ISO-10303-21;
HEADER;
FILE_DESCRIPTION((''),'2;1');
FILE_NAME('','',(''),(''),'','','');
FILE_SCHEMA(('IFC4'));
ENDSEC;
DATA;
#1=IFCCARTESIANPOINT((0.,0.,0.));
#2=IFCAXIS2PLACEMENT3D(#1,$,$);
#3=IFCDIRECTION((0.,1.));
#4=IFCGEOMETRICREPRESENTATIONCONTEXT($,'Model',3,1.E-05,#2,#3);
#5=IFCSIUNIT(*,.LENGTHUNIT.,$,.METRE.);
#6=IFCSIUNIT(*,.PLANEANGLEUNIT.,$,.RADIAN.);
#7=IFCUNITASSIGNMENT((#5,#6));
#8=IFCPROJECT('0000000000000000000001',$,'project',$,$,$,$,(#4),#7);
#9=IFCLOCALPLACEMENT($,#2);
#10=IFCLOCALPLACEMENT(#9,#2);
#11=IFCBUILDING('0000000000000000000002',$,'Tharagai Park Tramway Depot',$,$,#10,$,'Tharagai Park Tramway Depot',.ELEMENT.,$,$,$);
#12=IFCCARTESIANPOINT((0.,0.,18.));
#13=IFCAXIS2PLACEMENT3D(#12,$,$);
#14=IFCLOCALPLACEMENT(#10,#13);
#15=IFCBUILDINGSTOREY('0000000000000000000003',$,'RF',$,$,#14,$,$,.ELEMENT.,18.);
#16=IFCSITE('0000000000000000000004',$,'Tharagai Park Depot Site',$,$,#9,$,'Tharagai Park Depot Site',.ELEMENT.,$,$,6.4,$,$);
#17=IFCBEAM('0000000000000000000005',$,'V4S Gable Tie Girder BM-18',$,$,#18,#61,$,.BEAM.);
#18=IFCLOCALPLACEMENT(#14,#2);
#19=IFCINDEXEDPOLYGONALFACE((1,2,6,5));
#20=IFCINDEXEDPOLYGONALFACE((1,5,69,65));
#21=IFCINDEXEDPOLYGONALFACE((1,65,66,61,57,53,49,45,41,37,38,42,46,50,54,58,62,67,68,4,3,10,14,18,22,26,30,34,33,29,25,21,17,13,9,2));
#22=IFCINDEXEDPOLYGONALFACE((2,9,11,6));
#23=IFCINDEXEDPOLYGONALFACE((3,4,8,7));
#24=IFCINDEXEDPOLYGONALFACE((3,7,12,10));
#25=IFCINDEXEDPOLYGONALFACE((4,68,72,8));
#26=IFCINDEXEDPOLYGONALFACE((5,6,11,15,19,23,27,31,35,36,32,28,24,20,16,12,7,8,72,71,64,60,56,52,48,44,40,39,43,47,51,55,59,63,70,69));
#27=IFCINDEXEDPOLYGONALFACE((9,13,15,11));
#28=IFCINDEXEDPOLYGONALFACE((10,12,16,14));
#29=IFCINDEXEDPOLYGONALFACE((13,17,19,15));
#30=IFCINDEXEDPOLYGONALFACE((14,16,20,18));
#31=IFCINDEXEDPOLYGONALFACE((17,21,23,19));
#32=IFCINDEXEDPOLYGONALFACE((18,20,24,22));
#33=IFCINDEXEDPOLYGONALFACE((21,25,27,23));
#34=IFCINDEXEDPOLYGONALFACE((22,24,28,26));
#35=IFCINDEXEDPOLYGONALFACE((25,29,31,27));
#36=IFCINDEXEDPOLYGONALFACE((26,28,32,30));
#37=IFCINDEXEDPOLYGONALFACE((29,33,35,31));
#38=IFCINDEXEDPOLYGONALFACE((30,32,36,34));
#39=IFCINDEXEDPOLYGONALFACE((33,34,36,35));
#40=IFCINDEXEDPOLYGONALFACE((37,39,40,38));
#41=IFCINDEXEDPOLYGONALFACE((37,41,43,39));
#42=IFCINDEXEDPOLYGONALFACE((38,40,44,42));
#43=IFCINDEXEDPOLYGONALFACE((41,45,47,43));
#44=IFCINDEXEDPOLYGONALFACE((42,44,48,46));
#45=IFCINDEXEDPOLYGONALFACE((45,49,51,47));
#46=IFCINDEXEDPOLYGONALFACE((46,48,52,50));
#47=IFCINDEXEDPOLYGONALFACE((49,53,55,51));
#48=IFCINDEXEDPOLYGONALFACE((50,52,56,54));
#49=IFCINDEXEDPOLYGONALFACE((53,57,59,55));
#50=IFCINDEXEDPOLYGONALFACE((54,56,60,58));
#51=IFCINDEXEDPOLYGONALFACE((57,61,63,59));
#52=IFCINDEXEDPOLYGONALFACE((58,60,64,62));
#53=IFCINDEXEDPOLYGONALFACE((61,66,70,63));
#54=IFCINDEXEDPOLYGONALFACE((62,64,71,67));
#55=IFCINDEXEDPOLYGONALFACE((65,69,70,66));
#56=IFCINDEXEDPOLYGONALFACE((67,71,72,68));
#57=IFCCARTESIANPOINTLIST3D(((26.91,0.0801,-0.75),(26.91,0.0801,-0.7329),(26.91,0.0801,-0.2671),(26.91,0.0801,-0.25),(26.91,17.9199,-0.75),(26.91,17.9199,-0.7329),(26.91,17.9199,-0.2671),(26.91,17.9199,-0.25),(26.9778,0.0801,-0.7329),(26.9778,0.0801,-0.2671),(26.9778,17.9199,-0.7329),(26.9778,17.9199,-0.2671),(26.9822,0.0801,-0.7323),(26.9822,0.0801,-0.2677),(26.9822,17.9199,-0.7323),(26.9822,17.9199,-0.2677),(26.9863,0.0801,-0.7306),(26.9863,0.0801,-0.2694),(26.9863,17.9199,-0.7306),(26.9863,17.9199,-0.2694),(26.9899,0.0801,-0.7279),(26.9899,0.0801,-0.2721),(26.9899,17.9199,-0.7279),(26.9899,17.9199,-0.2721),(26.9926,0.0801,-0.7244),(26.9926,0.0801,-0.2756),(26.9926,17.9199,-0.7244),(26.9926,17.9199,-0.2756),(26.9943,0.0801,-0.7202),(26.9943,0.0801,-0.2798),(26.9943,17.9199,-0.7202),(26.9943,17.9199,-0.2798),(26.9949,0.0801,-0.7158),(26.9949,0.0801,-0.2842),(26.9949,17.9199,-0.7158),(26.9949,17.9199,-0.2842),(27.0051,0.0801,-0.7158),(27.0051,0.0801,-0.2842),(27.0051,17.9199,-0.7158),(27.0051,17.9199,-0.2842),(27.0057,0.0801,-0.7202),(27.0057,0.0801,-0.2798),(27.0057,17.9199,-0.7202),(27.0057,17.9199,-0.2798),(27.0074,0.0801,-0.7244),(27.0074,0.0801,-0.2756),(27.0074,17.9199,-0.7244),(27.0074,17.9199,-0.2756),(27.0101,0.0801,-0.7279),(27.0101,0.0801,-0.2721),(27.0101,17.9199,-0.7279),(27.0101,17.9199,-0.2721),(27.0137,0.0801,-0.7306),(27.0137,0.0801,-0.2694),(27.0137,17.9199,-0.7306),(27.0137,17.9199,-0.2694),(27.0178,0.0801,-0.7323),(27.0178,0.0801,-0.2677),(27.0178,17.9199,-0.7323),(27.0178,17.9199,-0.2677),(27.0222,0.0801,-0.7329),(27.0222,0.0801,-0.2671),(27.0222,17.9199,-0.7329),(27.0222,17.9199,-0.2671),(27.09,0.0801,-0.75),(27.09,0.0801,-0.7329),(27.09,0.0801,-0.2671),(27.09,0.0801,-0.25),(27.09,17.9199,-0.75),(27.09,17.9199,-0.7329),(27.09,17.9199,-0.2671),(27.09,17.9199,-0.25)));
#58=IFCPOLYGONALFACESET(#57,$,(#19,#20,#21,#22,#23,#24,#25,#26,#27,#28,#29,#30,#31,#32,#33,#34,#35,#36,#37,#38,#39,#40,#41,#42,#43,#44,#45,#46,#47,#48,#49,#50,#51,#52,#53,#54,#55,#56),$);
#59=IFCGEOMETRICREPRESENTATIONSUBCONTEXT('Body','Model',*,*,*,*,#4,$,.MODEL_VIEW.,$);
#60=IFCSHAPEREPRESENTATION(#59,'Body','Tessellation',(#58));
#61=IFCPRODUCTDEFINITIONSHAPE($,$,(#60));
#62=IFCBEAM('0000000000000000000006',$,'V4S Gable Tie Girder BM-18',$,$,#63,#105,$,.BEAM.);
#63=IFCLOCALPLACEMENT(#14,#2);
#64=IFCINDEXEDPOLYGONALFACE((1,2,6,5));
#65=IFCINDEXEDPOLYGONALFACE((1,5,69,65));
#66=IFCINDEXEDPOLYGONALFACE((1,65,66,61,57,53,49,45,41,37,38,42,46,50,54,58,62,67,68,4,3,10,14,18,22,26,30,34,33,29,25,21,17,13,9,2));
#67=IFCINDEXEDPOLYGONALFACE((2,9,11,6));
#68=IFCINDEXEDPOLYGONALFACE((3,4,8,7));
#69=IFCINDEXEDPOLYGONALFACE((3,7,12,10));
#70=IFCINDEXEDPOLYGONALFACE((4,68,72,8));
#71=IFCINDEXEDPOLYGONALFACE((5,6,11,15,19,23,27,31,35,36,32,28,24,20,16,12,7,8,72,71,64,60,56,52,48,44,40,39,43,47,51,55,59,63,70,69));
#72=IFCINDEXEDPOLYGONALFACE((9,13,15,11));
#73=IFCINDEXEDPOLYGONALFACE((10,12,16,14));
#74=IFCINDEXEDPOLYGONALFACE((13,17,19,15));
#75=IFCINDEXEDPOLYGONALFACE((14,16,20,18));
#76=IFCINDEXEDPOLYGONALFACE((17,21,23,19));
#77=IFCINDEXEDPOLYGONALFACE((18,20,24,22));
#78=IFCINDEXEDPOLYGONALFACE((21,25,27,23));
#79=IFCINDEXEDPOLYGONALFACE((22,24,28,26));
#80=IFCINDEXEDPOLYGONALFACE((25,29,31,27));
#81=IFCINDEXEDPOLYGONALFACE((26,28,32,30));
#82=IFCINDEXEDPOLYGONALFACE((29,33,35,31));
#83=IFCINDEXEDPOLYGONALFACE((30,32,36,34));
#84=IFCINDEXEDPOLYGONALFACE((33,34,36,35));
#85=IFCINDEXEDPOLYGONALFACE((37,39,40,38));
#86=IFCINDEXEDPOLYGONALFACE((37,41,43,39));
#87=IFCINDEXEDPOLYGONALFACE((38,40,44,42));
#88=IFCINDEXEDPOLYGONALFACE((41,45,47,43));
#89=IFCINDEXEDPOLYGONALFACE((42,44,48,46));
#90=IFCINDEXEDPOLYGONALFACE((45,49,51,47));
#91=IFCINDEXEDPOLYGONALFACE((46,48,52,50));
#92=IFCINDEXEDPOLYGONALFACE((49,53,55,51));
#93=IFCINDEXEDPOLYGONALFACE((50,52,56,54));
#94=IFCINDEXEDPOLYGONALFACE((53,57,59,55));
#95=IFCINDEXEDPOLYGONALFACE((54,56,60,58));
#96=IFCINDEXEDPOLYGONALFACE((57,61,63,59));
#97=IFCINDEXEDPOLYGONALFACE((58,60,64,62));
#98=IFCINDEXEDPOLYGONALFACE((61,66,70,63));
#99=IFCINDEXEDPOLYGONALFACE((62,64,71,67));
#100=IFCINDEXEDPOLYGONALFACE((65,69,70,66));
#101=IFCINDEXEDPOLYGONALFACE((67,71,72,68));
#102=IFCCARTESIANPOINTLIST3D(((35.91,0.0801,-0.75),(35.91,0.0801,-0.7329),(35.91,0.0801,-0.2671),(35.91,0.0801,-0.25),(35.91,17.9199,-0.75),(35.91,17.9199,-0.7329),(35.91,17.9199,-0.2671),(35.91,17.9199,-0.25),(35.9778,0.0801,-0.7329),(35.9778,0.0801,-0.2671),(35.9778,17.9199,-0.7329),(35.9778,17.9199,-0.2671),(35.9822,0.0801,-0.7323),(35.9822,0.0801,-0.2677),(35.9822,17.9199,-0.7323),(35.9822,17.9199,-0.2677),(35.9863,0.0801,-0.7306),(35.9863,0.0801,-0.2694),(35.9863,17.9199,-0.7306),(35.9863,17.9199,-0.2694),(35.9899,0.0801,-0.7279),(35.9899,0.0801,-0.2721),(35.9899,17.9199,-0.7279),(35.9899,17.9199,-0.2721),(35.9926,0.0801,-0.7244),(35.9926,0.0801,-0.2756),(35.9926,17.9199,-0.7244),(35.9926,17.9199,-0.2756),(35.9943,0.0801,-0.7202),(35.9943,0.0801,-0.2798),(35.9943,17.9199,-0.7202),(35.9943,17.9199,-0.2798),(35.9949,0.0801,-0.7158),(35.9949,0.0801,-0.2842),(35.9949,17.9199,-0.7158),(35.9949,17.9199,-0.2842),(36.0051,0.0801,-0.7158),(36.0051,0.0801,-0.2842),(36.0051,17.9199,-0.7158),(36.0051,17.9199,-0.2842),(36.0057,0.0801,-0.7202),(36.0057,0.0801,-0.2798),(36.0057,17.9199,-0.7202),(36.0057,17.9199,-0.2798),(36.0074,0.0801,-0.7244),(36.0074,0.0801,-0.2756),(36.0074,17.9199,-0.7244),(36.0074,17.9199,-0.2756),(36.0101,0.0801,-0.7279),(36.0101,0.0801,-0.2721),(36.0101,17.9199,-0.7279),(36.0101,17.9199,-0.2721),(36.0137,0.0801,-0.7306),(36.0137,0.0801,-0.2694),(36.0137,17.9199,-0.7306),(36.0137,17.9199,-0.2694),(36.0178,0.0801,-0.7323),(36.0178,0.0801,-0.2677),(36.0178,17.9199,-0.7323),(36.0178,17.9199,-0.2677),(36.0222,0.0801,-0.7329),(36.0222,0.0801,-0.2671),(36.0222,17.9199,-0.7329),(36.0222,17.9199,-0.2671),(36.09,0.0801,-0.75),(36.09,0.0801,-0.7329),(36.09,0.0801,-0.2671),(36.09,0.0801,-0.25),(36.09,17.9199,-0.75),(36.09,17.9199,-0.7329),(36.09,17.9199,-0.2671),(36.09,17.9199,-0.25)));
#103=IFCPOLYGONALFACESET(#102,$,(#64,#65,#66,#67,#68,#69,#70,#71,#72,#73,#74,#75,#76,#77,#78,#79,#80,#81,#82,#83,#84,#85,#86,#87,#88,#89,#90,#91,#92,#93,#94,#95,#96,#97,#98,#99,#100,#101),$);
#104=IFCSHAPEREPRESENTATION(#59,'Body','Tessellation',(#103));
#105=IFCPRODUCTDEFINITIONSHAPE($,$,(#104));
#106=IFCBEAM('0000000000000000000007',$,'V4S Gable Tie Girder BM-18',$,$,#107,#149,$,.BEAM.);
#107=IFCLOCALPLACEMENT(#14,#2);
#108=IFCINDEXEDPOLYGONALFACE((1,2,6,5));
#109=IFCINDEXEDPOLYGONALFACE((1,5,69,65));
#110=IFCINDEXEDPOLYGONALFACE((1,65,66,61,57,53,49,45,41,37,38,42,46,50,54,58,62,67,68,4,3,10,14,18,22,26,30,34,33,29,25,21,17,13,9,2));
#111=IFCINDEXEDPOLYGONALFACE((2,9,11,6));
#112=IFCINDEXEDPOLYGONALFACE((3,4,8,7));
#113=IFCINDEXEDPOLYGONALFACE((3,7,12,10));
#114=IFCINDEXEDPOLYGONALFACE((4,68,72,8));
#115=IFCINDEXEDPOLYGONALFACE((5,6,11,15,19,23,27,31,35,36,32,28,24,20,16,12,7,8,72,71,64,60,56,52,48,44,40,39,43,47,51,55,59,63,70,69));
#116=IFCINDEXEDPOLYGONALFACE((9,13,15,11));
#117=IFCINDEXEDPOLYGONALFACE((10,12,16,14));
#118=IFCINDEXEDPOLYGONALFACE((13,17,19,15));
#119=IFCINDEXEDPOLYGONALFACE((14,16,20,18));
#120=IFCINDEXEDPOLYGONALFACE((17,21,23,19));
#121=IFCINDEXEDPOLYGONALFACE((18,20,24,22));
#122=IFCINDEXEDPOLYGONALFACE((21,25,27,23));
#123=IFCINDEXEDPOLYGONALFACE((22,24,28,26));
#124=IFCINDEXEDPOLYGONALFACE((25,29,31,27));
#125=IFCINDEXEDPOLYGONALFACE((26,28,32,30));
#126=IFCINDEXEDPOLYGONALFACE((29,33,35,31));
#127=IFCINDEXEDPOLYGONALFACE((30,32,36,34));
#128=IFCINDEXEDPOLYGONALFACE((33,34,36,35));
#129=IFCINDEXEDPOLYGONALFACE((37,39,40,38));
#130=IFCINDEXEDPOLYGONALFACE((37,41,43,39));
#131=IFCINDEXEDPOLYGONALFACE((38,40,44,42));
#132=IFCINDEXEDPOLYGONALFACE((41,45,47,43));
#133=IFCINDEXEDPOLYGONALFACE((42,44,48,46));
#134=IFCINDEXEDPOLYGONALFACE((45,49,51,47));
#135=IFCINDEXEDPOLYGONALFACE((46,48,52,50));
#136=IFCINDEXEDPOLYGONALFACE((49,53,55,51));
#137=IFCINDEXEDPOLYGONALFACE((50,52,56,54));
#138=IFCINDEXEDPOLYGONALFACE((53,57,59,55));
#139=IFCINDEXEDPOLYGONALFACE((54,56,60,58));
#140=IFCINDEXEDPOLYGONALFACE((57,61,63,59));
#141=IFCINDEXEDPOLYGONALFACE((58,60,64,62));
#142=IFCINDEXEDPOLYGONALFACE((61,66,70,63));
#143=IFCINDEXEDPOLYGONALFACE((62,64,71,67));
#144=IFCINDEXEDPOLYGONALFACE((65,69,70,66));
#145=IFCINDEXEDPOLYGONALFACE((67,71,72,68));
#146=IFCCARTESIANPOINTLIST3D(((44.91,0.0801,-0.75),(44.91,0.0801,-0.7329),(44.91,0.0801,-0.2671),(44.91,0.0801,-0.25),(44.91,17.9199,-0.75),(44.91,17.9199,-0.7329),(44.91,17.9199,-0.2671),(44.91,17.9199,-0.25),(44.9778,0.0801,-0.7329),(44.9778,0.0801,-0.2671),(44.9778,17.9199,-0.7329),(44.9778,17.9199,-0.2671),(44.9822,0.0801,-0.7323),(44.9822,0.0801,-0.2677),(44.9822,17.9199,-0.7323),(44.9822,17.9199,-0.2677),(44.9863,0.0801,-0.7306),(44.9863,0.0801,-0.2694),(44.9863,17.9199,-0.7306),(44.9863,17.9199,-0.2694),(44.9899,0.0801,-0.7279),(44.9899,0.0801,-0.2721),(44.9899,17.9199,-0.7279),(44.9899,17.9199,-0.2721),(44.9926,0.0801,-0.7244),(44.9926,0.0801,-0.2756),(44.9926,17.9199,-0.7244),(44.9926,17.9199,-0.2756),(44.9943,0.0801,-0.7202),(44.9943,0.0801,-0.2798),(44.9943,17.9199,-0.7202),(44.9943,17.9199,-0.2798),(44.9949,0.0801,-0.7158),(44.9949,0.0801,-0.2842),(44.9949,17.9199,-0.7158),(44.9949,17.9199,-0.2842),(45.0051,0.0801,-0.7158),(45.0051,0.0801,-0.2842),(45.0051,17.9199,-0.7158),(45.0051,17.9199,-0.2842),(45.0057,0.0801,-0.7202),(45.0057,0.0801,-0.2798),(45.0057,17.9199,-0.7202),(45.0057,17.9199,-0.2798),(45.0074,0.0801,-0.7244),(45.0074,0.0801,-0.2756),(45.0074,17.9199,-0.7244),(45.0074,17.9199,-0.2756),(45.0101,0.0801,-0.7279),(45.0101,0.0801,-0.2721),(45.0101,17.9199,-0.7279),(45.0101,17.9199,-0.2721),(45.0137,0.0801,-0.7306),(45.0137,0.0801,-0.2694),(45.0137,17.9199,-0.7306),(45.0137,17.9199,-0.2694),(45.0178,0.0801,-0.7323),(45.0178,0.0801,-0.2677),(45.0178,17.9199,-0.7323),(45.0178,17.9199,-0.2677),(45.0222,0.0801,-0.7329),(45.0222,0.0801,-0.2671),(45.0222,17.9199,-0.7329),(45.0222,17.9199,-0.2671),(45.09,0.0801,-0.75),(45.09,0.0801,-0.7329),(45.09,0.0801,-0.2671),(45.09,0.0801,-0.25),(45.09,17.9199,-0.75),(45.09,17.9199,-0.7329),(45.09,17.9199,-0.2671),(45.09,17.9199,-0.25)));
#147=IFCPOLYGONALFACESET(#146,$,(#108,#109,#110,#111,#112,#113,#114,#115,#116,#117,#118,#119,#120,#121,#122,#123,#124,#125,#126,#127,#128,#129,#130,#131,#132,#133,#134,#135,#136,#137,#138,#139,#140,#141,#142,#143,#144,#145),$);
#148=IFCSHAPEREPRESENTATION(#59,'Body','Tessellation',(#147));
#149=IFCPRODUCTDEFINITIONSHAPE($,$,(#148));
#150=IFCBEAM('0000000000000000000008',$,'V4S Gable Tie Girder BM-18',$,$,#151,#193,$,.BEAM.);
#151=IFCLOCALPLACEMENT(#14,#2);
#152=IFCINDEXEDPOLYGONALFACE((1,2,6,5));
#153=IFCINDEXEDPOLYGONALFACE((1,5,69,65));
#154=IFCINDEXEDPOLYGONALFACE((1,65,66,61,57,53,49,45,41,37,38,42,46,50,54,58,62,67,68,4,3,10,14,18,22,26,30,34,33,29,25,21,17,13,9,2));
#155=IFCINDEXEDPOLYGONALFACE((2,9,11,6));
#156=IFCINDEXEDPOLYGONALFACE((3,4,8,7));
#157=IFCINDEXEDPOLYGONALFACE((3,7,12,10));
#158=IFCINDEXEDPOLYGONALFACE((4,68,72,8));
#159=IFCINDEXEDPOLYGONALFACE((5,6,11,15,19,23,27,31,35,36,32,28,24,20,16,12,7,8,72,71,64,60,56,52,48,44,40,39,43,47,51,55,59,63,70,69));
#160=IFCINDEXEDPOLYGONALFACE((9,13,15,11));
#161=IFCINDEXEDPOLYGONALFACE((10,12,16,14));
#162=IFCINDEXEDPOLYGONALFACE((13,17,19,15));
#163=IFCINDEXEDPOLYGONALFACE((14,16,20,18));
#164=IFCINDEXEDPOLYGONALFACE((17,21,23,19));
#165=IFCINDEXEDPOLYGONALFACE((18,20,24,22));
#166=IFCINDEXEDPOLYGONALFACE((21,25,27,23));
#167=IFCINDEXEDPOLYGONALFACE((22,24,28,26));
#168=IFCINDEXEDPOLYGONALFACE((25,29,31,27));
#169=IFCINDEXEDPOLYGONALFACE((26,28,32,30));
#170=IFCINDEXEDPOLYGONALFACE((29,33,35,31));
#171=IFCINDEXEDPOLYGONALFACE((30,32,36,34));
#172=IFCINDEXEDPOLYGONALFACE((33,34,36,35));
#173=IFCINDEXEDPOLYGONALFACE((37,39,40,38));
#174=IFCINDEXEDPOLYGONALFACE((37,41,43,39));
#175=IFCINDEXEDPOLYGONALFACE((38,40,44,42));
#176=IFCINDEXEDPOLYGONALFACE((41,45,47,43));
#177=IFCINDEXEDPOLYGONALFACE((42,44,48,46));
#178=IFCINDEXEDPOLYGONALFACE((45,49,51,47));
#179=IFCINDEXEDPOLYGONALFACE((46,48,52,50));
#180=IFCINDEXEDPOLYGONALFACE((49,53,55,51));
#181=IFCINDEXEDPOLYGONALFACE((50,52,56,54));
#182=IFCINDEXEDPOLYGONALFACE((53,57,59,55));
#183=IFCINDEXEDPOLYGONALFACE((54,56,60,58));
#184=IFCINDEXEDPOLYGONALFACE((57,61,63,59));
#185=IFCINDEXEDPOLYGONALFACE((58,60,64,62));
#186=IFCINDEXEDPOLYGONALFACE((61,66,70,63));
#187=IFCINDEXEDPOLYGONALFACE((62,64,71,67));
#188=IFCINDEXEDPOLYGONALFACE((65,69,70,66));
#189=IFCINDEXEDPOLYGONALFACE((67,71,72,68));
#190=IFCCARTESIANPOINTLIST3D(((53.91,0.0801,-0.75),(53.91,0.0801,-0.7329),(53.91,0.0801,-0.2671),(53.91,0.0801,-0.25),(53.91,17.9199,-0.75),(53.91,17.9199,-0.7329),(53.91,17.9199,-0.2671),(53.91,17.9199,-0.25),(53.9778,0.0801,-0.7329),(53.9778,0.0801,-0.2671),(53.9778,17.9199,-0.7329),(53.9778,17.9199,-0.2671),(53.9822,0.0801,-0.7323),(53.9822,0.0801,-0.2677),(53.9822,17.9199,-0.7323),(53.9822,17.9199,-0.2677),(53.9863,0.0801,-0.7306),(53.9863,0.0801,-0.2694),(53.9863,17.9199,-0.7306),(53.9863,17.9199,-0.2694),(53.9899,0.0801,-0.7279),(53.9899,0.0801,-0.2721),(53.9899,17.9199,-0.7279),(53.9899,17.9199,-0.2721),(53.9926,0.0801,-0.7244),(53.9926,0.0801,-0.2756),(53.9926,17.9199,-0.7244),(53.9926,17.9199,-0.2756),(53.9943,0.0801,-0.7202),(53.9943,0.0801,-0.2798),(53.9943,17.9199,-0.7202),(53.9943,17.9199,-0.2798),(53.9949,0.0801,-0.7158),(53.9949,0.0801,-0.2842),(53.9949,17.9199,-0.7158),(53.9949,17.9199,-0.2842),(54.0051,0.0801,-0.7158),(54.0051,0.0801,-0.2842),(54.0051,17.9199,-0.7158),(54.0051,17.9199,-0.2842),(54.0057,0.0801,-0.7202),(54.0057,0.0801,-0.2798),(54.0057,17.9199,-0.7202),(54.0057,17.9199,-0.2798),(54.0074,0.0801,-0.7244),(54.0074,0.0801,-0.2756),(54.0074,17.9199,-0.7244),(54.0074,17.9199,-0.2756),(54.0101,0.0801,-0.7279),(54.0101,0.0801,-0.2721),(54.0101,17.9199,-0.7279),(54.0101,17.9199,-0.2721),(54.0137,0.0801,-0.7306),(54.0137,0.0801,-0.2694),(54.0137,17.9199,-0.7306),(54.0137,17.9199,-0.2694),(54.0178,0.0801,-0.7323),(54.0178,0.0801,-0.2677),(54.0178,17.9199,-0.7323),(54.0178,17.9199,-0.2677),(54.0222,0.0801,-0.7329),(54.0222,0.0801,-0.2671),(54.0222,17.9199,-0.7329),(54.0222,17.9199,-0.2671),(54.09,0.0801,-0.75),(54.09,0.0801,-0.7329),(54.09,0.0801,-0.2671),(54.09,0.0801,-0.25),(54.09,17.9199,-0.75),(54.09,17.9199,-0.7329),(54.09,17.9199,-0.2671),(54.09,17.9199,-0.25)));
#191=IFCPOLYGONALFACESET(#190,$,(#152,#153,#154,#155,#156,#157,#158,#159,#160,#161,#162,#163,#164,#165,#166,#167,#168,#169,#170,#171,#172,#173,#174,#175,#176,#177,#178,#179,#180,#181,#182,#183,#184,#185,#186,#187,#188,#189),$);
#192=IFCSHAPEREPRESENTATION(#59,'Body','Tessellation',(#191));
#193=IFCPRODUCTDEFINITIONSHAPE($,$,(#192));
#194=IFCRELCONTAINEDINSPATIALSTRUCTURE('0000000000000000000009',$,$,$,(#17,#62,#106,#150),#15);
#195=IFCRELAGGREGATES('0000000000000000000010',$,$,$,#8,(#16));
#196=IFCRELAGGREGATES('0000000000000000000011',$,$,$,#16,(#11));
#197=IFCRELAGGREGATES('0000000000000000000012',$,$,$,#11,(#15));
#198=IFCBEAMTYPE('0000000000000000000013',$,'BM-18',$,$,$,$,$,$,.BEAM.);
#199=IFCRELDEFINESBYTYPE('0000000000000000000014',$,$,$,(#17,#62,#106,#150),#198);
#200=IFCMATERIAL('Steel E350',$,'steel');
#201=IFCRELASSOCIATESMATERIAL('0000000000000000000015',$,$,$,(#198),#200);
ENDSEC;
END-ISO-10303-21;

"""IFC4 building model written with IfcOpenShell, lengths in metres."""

from ifc_helpers import new_model, si_unit, direction, frame, origin, origin_2d, place, context, subcontext, project, spatial, i_section, extrude, material, material_profile, profile_set, type_object, element, save


model = new_model("IFC4")

# Units and contexts
model_context = context("Model", 3, precision=1e-05, world=origin(), true_north=direction((0.0, 1.0)))
body_context = subcontext(model_context, "Body", "Model", "MODEL_VIEW")
ifc_project = project(units=[si_unit("LENGTHUNIT", "METRE"), si_unit("PLANEANGLEUNIT", "RADIAN")], contexts=[model_context])

# Site, building, storey
site_placement = place(None, origin())
site = spatial("IfcSite", under=ifc_project, at=site_placement, Name="Tharagai Park Depot Site", LongName="Tharagai Park Depot Site", CompositionType="ELEMENT", RefElevation=6.4)
building_placement = place(site_placement, origin())
building = spatial("IfcBuilding", under=site, at=building_placement, Name="Tharagai Park Tramway Depot", LongName="Tharagai Park Tramway Depot", CompositionType="ELEMENT")
storey_placement = place(building_placement, frame((0.0, 0.0, 18.0)))
storey = spatial("IfcBuildingStorey", under=building, at=storey_placement, Name="RF", CompositionType="ELEMENT", Elevation=18.0)

# Beams
ifc_material_1 = material(Name="Steel E350", Category="steel")
ifc_material_profile_1 = material_profile(ifc_material_1, i_section(OverallWidth=0.1799, OverallDepth=0.5, WebThickness=0.0103, FlangeThickness=0.0171, FilletRadius=0.0171, at=origin_2d()), Name="ISMB 500")
ifc_profile_set_1 = profile_set([ifc_material_profile_1], Name="Steel E350")
beam_type = type_object("IfcBeamType", Name="BM-18", PredefinedType="BEAM", material=ifc_profile_set_1)
for number, where, z_axis, x_axis, name in (
    (1, (27.0, 0.0801, -0.5), (0.0, 1.0, 0.0), (-1.0, 0.0, 0.0), "V4S Gable Tie Girder BM-18"),
    (2, (36.0, 0.0801, -0.5), (0.0, 1.0, 0.0), (-1.0, 0.0, 0.0), "V4S Gable Tie Girder BM-18"),
    (3, (45.0, 0.0801, -0.5), (0.0, 1.0, 0.0), (-1.0, 0.0, 0.0), "V4S Gable Tie Girder BM-18"),
    (4, (54.0, 0.0801, -0.5), (0.0, 1.0, 0.0), (-1.0, 0.0, 0.0), "V4S Gable Tie Girder BM-18"),
):
    element("IfcBeam", number, at=place(storey_placement, frame(where, z_axis=z_axis, x_axis=x_axis)), inside=storey, type_object=beam_type, Name=name, PredefinedType="BEAM", context=body_context, shape_type="SweptSolid", body=[
        extrude(i_section(OverallWidth=0.1799, OverallDepth=0.5, WebThickness=0.0103, FlangeThickness=0.0171, FilletRadius=0.0171, at=origin_2d()), origin(), (0.0, 0.0, 1.0), 17.8398),
    ])

save(model, "model.ifc")
